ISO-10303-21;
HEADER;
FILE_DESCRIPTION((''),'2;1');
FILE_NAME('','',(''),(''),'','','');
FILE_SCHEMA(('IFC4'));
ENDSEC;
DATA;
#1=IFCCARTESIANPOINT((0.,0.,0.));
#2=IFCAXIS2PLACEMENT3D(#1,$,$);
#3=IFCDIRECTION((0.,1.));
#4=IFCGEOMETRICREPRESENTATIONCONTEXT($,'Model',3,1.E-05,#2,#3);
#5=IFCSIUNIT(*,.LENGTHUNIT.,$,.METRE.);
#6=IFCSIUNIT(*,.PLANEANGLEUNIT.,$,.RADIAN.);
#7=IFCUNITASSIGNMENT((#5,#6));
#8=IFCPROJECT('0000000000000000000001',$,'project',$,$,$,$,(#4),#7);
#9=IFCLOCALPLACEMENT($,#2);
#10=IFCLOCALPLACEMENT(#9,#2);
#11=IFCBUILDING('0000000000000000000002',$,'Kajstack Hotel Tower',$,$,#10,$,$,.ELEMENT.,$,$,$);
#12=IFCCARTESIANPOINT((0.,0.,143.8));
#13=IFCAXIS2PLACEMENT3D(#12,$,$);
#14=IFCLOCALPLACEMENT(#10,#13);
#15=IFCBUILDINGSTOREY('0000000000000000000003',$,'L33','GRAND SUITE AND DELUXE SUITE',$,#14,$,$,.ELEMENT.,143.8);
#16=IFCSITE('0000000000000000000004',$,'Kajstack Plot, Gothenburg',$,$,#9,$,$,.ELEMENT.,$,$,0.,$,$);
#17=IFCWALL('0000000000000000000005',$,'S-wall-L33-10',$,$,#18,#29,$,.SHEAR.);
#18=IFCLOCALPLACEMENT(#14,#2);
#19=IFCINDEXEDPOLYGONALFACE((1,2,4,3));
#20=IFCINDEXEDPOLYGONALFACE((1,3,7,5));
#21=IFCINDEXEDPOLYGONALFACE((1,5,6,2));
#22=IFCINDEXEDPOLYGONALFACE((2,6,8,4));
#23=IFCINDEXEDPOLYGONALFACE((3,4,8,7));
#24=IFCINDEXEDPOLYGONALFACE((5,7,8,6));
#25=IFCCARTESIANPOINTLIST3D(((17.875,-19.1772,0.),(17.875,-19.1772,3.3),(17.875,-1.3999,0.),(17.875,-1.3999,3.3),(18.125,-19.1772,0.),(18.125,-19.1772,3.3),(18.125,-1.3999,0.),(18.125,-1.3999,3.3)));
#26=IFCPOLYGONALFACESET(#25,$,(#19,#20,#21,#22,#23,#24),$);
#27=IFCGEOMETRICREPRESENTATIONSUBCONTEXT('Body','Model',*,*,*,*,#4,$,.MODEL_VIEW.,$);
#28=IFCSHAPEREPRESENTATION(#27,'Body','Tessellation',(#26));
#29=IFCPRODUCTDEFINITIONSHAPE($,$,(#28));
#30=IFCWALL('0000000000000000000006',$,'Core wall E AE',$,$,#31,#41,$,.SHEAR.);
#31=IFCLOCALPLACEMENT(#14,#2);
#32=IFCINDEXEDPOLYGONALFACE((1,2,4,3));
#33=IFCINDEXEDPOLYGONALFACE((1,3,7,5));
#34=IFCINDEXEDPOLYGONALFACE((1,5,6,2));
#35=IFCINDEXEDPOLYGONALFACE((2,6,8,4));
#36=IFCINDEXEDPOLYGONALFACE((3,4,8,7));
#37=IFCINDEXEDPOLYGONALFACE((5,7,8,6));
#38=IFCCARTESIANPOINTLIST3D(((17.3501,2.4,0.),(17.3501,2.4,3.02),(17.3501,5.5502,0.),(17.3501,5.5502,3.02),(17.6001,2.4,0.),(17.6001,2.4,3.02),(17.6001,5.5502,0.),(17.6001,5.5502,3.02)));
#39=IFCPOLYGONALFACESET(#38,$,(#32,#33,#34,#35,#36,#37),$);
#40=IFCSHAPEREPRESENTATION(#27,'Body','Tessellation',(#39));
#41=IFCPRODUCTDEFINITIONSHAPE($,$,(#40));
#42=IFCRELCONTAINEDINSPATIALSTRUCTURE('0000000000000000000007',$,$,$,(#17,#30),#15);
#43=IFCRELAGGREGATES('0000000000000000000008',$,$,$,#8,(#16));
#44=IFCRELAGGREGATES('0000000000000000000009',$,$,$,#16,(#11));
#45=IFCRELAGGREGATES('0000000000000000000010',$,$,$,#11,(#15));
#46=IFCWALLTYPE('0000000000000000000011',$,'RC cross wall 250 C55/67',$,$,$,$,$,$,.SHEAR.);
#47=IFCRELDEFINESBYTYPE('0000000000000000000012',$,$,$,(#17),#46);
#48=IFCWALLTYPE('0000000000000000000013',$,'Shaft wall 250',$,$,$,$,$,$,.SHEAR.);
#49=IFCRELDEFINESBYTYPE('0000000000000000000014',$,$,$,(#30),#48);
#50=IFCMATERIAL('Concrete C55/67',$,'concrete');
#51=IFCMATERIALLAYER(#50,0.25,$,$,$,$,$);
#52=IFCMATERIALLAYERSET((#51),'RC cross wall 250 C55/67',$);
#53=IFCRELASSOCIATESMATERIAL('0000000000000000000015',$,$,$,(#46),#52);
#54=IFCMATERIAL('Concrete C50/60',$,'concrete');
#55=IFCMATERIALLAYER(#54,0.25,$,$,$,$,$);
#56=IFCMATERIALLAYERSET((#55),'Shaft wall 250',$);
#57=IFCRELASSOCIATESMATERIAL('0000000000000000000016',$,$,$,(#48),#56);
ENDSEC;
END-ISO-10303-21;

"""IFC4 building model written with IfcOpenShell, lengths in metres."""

from ifc_helpers import new_model, si_unit, direction, frame, frame_2d, origin, place, context, subcontext, project, spatial, rectangle, extrude, material, layer, layer_set, type_object, element, save


model = new_model("IFC4")

# Units and contexts
model_context = context("Model", 3, precision=1e-05, world=origin(), true_north=direction((0.0, 1.0)))
body_context = subcontext(model_context, "Body", "Model", "MODEL_VIEW")
ifc_project = project(units=[si_unit("LENGTHUNIT", "METRE"), si_unit("PLANEANGLEUNIT", "RADIAN")], contexts=[model_context])

# Site, building, storey
site_placement = place(None, origin())
site = spatial("IfcSite", under=ifc_project, at=site_placement, Name="Kajstack Plot, Gothenburg", CompositionType="ELEMENT", RefElevation=0.0)
building_placement = place(site_placement, origin())
building = spatial("IfcBuilding", under=site, at=building_placement, Name="Kajstack Hotel Tower", CompositionType="ELEMENT")
storey_placement = place(building_placement, frame((0.0, 0.0, 143.8)))
storey = spatial("IfcBuildingStorey", under=building, at=storey_placement, Name="L33", Description="GRAND SUITE AND DELUXE SUITE", CompositionType="ELEMENT", Elevation=143.8)

# Walls
ifc_material_1 = material(Name="Concrete C50/60", Category="concrete")
ifc_material_2 = material(Name="Concrete C55/67", Category="concrete")
ifc_layer_1 = layer(ifc_material_2, 0.25)
ifc_layer_set_1 = layer_set([ifc_layer_1], Name="RC cross wall 250 C55/67")
wall_type_1 = type_object("IfcWallType", Name="RC cross wall 250 C55/67", PredefinedType="SHEAR", material=ifc_layer_set_1)
wall_1_placement = place(storey_placement, frame((18.0, -19.1772, 0.0), z_axis=(0.0, 0.0, 1.0), x_axis=(0.0, 1.0, 0.0)))
element("IfcWall", 1, at=wall_1_placement, inside=storey, type_object=wall_type_1, Name="S-wall-L33-10", PredefinedType="SHEAR", context=body_context, shape_type="SweptSolid", body=[
    extrude(rectangle(XDim=17.7773, YDim=0.25, at=frame_2d((8.8887, 0.0))), origin(), (0.0, 0.0, 1.0), 3.3),
])
ifc_layer_2 = layer(ifc_material_1, 0.25)
ifc_layer_set_2 = layer_set([ifc_layer_2], Name="Shaft wall 250")
wall_type_2 = type_object("IfcWallType", Name="Shaft wall 250", PredefinedType="SHEAR", material=ifc_layer_set_2)
wall_2_placement = place(storey_placement, frame((17.4751, 2.3999, 0.0), z_axis=(0.0, 0.0, 1.0), x_axis=(0.0, 1.0, 0.0)))
element("IfcWall", 2, at=wall_2_placement, inside=storey, type_object=wall_type_2, Name="Core wall E AE", PredefinedType="SHEAR", context=body_context, shape_type="SweptSolid", body=[
    extrude(rectangle(XDim=3.1501, YDim=0.25, at=frame_2d((1.5752, 0.0))), origin(), (0.0, 0.0, 1.0), 3.02),
])

save(model, "model.ifc")
